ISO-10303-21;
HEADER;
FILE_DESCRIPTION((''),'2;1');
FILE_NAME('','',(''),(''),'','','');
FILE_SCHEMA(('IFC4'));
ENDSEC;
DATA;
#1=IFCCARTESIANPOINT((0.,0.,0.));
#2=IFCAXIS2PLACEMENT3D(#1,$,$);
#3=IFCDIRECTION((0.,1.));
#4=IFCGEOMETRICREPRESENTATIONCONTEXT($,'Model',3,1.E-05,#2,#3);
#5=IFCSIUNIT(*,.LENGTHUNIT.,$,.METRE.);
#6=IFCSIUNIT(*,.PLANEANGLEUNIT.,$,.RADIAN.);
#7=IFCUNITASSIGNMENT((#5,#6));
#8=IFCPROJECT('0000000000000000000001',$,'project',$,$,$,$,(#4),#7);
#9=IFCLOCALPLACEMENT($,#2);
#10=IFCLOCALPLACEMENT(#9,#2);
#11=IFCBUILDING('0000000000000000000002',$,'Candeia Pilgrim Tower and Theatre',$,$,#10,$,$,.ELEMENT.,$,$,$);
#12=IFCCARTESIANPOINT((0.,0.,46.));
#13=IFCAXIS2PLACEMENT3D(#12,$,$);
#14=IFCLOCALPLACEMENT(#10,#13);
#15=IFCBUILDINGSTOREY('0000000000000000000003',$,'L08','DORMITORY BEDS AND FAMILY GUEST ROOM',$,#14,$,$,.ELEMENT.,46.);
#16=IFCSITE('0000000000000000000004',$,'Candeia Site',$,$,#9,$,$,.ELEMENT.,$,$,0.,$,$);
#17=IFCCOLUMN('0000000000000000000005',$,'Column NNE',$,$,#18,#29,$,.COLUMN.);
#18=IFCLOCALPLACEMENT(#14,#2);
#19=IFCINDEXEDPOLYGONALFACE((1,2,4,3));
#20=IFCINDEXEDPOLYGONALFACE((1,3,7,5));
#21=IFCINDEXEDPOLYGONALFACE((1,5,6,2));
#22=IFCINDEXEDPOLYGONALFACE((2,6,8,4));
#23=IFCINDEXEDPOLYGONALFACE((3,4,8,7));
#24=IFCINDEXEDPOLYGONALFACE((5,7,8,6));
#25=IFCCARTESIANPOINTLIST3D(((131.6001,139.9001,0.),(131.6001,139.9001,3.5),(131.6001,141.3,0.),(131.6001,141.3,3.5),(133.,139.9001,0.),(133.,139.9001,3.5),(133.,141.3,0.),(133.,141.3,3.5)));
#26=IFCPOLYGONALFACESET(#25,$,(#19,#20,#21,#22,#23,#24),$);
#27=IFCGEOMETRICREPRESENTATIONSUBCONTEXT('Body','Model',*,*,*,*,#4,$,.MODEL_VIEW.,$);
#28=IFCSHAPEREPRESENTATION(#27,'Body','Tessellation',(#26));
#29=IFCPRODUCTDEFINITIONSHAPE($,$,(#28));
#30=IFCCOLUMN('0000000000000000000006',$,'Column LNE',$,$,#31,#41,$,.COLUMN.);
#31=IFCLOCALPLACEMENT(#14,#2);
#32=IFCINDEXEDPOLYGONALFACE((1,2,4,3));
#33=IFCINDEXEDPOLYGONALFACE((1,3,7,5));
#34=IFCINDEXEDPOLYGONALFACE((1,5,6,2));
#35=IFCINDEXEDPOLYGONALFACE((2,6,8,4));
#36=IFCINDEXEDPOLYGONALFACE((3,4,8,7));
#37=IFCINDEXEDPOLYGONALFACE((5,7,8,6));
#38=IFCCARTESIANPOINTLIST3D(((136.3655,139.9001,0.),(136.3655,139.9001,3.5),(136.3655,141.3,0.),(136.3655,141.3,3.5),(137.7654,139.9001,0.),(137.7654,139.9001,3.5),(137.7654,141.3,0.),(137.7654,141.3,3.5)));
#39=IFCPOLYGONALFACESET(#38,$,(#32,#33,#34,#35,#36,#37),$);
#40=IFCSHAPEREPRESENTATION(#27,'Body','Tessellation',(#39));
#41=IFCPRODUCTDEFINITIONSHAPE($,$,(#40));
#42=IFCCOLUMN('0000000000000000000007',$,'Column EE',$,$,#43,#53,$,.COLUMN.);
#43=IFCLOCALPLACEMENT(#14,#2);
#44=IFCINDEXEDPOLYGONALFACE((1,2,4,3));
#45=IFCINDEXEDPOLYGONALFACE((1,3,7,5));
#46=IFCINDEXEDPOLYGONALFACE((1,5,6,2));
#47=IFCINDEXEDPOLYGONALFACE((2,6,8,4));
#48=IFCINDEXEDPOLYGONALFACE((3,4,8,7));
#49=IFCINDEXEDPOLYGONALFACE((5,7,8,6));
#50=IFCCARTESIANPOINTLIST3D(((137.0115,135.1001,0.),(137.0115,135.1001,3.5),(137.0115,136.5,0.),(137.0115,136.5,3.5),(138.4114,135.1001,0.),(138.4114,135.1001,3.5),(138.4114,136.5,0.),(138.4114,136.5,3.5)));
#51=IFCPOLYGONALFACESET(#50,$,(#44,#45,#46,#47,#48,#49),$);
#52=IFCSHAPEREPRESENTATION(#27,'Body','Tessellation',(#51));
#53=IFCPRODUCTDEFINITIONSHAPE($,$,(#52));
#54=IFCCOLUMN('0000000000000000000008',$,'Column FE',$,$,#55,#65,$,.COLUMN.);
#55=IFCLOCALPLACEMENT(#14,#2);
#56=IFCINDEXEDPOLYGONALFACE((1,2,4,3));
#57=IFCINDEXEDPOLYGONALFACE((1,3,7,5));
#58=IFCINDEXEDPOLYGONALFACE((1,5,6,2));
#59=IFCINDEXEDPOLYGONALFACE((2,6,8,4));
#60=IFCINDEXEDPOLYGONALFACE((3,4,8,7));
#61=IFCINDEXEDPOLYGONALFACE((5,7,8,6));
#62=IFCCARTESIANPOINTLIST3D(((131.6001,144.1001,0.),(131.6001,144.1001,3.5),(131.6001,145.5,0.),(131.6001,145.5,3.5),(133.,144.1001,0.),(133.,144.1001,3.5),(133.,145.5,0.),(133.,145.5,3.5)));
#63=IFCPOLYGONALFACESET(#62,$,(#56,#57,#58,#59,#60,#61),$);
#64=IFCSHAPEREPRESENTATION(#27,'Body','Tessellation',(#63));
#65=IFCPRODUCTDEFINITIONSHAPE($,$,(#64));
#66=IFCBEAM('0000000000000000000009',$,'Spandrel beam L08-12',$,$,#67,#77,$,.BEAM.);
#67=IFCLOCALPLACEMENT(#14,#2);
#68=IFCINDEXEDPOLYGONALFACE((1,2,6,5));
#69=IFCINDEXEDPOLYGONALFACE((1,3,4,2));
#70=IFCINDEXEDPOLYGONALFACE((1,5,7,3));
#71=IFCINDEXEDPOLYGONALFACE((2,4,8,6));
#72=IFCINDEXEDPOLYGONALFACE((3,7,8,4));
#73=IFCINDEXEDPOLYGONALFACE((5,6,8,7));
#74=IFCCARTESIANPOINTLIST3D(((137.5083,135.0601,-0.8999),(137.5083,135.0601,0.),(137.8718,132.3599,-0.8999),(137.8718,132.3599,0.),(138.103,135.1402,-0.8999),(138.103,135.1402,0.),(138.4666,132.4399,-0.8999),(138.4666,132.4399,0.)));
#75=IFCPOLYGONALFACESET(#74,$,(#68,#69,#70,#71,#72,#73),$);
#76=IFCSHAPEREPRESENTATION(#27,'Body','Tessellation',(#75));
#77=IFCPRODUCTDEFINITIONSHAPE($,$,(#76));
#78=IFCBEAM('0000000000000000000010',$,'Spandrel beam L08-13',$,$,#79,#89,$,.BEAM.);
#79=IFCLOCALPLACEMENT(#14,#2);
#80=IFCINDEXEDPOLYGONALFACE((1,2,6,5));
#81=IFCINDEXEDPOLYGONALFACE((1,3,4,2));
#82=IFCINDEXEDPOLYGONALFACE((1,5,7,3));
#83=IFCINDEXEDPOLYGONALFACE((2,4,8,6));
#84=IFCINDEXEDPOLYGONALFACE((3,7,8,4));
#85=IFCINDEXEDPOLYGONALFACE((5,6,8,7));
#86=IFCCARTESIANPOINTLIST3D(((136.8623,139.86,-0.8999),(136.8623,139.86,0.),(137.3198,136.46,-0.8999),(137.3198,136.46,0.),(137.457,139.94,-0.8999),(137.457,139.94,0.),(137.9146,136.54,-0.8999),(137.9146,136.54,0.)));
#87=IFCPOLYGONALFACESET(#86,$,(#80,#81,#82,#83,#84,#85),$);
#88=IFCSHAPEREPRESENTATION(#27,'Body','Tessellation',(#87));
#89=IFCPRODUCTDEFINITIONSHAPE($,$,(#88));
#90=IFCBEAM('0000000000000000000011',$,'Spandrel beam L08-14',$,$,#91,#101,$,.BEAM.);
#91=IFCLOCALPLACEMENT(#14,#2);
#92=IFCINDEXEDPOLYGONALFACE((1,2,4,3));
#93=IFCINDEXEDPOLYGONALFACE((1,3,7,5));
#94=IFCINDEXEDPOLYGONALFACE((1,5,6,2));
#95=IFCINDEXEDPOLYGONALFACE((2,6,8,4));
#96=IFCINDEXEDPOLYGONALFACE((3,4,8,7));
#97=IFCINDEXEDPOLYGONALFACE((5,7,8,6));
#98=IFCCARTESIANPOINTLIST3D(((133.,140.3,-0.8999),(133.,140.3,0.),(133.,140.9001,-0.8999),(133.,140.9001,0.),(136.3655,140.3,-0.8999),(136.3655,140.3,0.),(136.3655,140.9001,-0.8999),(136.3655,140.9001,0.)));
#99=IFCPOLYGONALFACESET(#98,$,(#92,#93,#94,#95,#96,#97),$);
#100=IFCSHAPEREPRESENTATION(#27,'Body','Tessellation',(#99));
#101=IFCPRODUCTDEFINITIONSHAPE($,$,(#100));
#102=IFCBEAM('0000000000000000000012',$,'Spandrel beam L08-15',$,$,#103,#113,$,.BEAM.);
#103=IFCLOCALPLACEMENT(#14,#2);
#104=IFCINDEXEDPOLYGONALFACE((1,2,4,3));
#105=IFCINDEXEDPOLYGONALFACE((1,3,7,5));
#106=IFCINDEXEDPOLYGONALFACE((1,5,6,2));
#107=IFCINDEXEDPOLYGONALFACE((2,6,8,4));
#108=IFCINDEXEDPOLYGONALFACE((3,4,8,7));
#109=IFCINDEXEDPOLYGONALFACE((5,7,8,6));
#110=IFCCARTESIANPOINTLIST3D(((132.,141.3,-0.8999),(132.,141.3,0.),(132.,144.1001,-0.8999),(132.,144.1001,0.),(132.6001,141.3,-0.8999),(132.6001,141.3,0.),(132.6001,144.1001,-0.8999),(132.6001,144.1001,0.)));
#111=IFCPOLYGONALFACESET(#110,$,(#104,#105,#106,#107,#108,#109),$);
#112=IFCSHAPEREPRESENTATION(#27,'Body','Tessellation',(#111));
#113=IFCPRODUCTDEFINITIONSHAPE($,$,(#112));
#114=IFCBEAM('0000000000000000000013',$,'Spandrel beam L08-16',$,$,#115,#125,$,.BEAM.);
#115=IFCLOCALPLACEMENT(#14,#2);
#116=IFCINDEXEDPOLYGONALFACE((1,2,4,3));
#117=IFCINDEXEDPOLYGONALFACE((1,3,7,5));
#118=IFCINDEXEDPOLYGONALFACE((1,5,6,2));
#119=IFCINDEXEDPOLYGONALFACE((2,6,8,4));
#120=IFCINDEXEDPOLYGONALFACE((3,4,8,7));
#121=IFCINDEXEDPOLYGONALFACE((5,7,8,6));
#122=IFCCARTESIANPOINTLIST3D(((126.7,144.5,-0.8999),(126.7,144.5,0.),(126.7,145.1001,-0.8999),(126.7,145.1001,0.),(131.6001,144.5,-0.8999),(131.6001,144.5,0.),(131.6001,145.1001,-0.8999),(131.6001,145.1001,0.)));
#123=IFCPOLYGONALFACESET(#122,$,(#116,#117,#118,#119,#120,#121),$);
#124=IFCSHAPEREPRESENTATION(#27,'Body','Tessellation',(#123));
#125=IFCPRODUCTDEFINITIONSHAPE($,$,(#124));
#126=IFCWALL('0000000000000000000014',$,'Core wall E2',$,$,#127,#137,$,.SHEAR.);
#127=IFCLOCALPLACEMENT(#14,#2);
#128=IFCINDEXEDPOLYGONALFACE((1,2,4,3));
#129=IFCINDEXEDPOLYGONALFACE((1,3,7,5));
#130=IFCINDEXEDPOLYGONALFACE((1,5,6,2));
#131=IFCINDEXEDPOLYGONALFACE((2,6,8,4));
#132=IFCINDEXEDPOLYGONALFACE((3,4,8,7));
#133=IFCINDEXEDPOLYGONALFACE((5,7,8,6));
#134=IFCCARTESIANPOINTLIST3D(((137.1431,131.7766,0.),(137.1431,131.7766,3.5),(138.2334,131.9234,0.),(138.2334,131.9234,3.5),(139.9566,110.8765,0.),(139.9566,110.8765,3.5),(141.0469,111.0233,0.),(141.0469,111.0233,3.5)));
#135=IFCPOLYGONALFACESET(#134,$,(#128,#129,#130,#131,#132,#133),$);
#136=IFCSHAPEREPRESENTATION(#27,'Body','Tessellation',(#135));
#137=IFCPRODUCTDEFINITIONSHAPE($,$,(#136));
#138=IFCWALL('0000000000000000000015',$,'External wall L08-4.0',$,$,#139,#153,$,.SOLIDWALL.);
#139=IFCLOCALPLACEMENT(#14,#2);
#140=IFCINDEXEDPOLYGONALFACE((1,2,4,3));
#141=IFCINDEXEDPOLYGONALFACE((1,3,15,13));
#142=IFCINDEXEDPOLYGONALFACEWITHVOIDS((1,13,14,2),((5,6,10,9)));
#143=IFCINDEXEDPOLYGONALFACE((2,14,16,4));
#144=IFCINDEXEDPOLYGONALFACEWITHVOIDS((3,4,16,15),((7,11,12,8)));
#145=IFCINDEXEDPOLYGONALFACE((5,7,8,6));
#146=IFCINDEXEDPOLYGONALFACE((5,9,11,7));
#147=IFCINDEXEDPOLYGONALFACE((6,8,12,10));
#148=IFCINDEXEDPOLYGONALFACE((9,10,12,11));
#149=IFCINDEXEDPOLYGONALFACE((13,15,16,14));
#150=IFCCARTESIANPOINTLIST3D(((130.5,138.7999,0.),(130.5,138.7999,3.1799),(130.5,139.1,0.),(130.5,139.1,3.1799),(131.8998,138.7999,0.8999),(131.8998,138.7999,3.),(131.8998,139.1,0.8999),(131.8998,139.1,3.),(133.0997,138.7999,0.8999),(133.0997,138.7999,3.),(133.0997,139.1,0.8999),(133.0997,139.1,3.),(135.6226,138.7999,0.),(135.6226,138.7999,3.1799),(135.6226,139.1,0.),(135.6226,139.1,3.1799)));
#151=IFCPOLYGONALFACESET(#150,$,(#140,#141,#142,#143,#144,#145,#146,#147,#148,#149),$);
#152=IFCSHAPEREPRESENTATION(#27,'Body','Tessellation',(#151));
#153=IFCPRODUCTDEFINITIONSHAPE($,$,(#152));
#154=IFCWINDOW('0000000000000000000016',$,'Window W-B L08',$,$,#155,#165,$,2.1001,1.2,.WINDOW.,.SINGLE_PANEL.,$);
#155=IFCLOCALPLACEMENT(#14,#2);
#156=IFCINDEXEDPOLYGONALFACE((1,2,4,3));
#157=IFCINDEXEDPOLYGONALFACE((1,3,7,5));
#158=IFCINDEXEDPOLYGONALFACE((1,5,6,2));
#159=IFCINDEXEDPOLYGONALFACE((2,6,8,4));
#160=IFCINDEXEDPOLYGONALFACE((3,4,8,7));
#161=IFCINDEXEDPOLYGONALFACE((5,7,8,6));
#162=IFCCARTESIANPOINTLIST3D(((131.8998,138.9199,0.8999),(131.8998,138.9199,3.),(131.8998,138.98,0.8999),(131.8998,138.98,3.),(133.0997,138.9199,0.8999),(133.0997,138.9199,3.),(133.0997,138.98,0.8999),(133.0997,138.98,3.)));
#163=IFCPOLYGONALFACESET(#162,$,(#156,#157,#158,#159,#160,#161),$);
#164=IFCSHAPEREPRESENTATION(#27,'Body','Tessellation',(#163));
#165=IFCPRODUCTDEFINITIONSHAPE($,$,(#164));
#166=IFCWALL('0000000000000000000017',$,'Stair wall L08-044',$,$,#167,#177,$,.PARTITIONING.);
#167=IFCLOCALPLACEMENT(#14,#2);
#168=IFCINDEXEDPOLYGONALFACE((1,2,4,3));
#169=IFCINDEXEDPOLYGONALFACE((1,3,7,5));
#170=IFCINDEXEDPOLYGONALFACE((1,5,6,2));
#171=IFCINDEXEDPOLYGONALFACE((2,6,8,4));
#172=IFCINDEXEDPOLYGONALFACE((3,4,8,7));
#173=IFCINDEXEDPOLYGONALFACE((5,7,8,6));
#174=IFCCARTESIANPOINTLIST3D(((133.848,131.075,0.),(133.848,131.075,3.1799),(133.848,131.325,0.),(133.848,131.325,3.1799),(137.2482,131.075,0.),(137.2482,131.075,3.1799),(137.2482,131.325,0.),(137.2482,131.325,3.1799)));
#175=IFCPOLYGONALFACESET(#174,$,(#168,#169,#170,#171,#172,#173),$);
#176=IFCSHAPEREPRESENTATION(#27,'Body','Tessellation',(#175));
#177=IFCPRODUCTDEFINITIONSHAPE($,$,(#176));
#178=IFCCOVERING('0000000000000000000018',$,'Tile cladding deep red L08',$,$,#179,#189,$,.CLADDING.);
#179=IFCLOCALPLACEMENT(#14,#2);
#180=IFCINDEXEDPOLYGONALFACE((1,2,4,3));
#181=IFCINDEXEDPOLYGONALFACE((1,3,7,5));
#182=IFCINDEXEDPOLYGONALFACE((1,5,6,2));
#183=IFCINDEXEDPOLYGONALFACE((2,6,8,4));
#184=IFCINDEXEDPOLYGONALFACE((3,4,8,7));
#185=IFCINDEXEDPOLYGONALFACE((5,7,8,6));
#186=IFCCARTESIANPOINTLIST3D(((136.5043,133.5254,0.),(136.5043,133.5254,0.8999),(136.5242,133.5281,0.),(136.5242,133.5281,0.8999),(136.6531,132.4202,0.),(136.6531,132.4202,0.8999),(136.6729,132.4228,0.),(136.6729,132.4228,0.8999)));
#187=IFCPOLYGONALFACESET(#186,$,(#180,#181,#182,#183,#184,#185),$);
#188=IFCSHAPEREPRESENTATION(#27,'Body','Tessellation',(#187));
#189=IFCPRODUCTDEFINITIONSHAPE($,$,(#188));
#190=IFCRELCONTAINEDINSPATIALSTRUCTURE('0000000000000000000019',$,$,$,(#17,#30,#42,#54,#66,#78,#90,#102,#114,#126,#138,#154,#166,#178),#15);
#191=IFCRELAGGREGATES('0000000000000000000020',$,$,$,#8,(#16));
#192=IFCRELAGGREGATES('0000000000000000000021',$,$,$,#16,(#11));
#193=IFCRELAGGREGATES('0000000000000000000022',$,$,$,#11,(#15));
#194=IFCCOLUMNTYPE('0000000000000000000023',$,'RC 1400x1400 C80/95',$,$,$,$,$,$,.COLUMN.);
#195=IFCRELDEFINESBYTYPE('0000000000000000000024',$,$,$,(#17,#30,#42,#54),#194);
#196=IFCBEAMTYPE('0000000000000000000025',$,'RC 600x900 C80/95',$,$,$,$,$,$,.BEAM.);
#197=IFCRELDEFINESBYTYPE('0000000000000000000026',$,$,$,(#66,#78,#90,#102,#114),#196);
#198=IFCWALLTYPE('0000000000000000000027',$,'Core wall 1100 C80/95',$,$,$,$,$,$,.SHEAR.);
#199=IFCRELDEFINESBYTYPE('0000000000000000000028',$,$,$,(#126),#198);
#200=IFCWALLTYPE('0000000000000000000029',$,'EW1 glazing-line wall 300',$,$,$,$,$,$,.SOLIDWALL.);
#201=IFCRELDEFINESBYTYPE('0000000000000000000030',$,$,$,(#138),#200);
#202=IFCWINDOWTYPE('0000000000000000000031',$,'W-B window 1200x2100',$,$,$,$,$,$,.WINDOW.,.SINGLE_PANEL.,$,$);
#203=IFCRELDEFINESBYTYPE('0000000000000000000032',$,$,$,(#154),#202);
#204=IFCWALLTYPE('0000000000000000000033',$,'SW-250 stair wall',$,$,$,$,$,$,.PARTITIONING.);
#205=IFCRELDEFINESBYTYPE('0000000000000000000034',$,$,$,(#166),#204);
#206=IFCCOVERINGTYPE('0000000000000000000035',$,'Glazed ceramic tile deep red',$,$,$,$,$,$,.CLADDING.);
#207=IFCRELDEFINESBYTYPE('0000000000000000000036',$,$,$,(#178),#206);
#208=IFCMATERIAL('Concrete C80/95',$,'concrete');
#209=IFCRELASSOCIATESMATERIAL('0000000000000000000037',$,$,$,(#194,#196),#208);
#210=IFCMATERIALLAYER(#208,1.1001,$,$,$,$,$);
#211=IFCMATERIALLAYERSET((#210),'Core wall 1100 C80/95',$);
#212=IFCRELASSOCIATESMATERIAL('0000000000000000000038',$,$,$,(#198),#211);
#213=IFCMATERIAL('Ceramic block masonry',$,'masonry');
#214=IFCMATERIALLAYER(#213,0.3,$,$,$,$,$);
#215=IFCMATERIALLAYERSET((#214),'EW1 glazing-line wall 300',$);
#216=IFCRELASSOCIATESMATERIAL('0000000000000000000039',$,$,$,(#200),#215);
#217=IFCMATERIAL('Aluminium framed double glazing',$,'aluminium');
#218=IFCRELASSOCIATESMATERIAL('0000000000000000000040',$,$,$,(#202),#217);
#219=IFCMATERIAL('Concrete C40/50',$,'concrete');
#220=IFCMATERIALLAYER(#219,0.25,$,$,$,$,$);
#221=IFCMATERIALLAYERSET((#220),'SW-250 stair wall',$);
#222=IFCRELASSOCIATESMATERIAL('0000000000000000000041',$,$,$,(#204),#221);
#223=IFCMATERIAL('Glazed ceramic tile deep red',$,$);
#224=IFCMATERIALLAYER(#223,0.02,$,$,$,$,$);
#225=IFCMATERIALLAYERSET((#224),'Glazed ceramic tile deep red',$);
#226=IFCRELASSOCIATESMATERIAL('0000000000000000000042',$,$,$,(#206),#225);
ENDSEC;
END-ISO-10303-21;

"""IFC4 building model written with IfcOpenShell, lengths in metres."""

from ifc_helpers import new_model, si_unit, direction, frame, frame_2d, origin, origin_2d, place, context, subcontext, project, spatial, rectangle, extrude, material, layer, layer_set, material_profile, profile_set, type_object, element, fill, save


model = new_model("IFC4")

# Units and contexts
model_context = context("Model", 3, precision=1e-05, world=origin(), true_north=direction((0.0, 1.0)))
body_context = subcontext(model_context, "Body", "Model", "MODEL_VIEW")
ifc_project = project(units=[si_unit("LENGTHUNIT", "METRE"), si_unit("PLANEANGLEUNIT", "RADIAN")], contexts=[model_context])

# Site, building, storey
site_placement = place(None, origin())
site = spatial("IfcSite", under=ifc_project, at=site_placement, Name="Candeia Site", CompositionType="ELEMENT", RefElevation=0.0)
building_placement = place(site_placement, origin())
building = spatial("IfcBuilding", under=site, at=building_placement, Name="Candeia Pilgrim Tower and Theatre", CompositionType="ELEMENT")
storey_placement = place(building_placement, frame((0.0, 0.0, 46.0)))
storey = spatial("IfcBuildingStorey", under=building, at=storey_placement, Name="L08", Description="DORMITORY BEDS AND FAMILY GUEST ROOM", CompositionType="ELEMENT", Elevation=46.0)

# Columns
ifc_material_1 = material(Name="Concrete C80/95", Category="concrete")
ifc_material_profile_1 = material_profile(ifc_material_1, rectangle(XDim=1.3999, YDim=1.3999, at=origin_2d()))
ifc_profile_set_1 = profile_set([ifc_material_profile_1], Name="Concrete C80/95")
column_type = type_object("IfcColumnType", Name="RC 1400x1400 C80/95", PredefinedType="COLUMN", material=ifc_profile_set_1)
for number, where, z_axis, x_axis, name in (
    (1, (132.3, 140.6001, 0.0), (0.0, 0.0, 1.0), (1.0, 0.0, 0.0), "Column NNE"),
    (2, (137.0654, 140.6001, 0.0), (0.0, 0.0, 1.0), (1.0, 0.0, 0.0), "Column LNE"),
    (3, (137.7114, 135.8, 0.0), (0.0, 0.0, 1.0), (1.0, 0.0, 0.0), "Column EE"),
    (4, (132.3, 144.8, 0.0), (0.0, 0.0, 1.0), (1.0, 0.0, 0.0), "Column FE"),
):
    element("IfcColumn", number, at=place(storey_placement, frame(where, z_axis=z_axis, x_axis=x_axis)), inside=storey, type_object=column_type, Name=name, PredefinedType="COLUMN", context=body_context, shape_type="SweptSolid", body=[
        extrude(rectangle(XDim=1.3999, YDim=1.3999, at=origin_2d()), origin(), (0.0, 0.0, 1.0), 3.5),
    ])

# Beams
ifc_material_profile_2 = material_profile(ifc_material_1, rectangle(XDim=0.6001, YDim=0.8999, at=origin_2d()))
ifc_profile_set_2 = profile_set([ifc_material_profile_2], Name="Concrete C80/95")
beam_type = type_object("IfcBeamType", Name="RC 600x900 C80/95", PredefinedType="BEAM", material=ifc_profile_set_2)
beam_1_placement = place(storey_placement, frame((138.1692, 132.3999, -0.45), z_axis=(-0.133426, 0.991059, 0.0), x_axis=(-0.991059, -0.133426, 0.0)))
element("IfcBeam", 5, at=beam_1_placement, inside=storey, type_object=beam_type, Name="Spandrel beam L08-12", PredefinedType="BEAM", context=body_context, shape_type="SweptSolid", body=[
    extrude(rectangle(XDim=0.6001, YDim=0.8999, at=origin_2d()), origin(), (0.0, 0.0, 1.0), 2.7246),
])
beam_2_placement = place(storey_placement, frame((137.6172, 136.5, -0.45), z_axis=(-0.133366, 0.991067, 0.0), x_axis=(-0.991067, -0.133366, 0.0)))
element("IfcBeam", 6, at=beam_2_placement, inside=storey, type_object=beam_type, Name="Spandrel beam L08-13", PredefinedType="BEAM", context=body_context, shape_type="SweptSolid", body=[
    extrude(rectangle(XDim=0.6001, YDim=0.8999, at=origin_2d()), origin(), (0.0, 0.0, 1.0), 3.4307),
])
beam_3_placement = place(storey_placement, frame((136.3655, 140.6001, -0.45), z_axis=(-1.0, 0.0, 0.0), x_axis=(0.0, -1.0, 0.0)))
element("IfcBeam", 7, at=beam_3_placement, inside=storey, type_object=beam_type, Name="Spandrel beam L08-14", PredefinedType="BEAM", context=body_context, shape_type="SweptSolid", body=[
    extrude(rectangle(XDim=0.6001, YDim=0.8999, at=origin_2d()), origin(), (0.0, 0.0, 1.0), 3.3655),
])
beam_4_placement = place(storey_placement, frame((132.3, 141.3, -0.45), z_axis=(0.0, 1.0, 0.0), x_axis=(-1.0, 0.0, 0.0)))
element("IfcBeam", 8, at=beam_4_placement, inside=storey, type_object=beam_type, Name="Spandrel beam L08-15", PredefinedType="BEAM", context=body_context, shape_type="SweptSolid", body=[
    extrude(rectangle(XDim=0.6001, YDim=0.8999, at=origin_2d()), origin(), (0.0, 0.0, 1.0), 2.8),
])
beam_5_placement = place(storey_placement, frame((131.6001, 144.8, -0.45), z_axis=(-1.0, 0.0, 0.0), x_axis=(0.0, -1.0, 0.0)))
element("IfcBeam", 9, at=beam_5_placement, inside=storey, type_object=beam_type, Name="Spandrel beam L08-16", PredefinedType="BEAM", context=body_context, shape_type="SweptSolid", body=[
    extrude(rectangle(XDim=0.6001, YDim=0.8999, at=origin_2d()), origin(), (0.0, 0.0, 1.0), 4.9001),
])

# Wall
ifc_layer_1 = layer(ifc_material_1, 1.1001)
ifc_layer_set_1 = layer_set([ifc_layer_1], Name="Core wall 1100 C80/95")
wall_type_1 = type_object("IfcWallType", Name="Core wall 1100 C80/95", PredefinedType="SHEAR", material=ifc_layer_set_1)
wall_1_placement = place(storey_placement, frame((137.6882, 131.8501, 0.0), z_axis=(0.0, 0.0, 1.0), x_axis=(0.133412, -0.991061, 0.0)))
element("IfcWall", 10, at=wall_1_placement, inside=storey, type_object=wall_type_1, Name="Core wall E2", PredefinedType="SHEAR", context=body_context, shape_type="SweptSolid", body=[
    extrude(rectangle(XDim=21.0886, YDim=1.1001, at=frame_2d((10.5444, 0.0))), origin(), (0.0, 0.0, 1.0), 3.5),
])

# Shared definitions
ifc_material_2 = material(Name="Ceramic block masonry", Category="masonry")
ifc_layer_2 = layer(ifc_material_2, 0.3)
ifc_layer_set_2 = layer_set([ifc_layer_2], Name="EW1 glazing-line wall 300")
wall_type_2 = type_object("IfcWallType", Name="EW1 glazing-line wall 300", PredefinedType="SOLIDWALL", material=ifc_layer_set_2)
ifc_material_3 = material(Name="Aluminium framed double glazing", Category="aluminium")

# Wall, opening, window
wall_2_placement = place(storey_placement, frame((135.6226, 138.95, 0.0), z_axis=(0.0, 0.0, 1.0), x_axis=(-1.0, 0.0, 0.0)))
wall_2 = element("IfcWall", 11, at=wall_2_placement, inside=storey, type_object=wall_type_2, Name="External wall L08-4.0", PredefinedType="SOLIDWALL", context=body_context, shape_type="SweptSolid", body=[
    extrude(rectangle(XDim=5.1226, YDim=0.3, at=frame_2d((2.5613, 0.0))), origin(), (0.0, 0.0, 1.0), 3.1799),
])
opening_1_placement = place(wall_2_placement, frame((2.5227, 0.0, 0.8999)))
opening_1 = element("IfcOpeningElement", 12, at=opening_1_placement, cuts=wall_2, PredefinedType="OPENING", context=body_context, shape_type="SweptSolid", body=[
    extrude(rectangle(XDim=1.2, YDim=2.1001, at=frame_2d((0.6001, 1.05))), frame((0.0, 0.1602, 0.0), z_axis=(0.0, -1.0, 0.0), x_axis=(1.0, 0.0, 0.0)), (0.0, 0.0, 1.0), 0.3201),
])
window_type_1 = type_object("IfcWindowType", Name="W-B window 1200x2100", PartitioningType="SINGLE_PANEL", PredefinedType="WINDOW", material=ifc_material_3)
window_1_placement = place(opening_1_placement, origin())
window_1 = element("IfcWindow", 13, at=window_1_placement, inside=storey, type_object=window_type_1, Name="Window W-B L08", OverallHeight=2.1001, OverallWidth=1.2, PartitioningType="SINGLE_PANEL", PredefinedType="WINDOW", context=body_context, shape_type="SweptSolid", body=[
    extrude(rectangle(XDim=1.2, YDim=2.1001, at=frame_2d((0.6001, 1.05))), frame((0.0, 0.03, 0.0), z_axis=(0.0, -1.0, 0.0), x_axis=(1.0, 0.0, 0.0)), (0.0, 0.0, 1.0), 0.0601),
])
fill(opening_1, window_1)

# Wall
ifc_material_4 = material(Name="Concrete C40/50", Category="concrete")
ifc_layer_3 = layer(ifc_material_4, 0.25)
ifc_layer_set_3 = layer_set([ifc_layer_3], Name="SW-250 stair wall")
wall_type_3 = type_object("IfcWallType", Name="SW-250 stair wall", PredefinedType="PARTITIONING", material=ifc_layer_set_3)
wall_3_placement = place(storey_placement, frame((133.8479, 131.2, 0.0), z_axis=(0.0, 0.0, 1.0), x_axis=(1.0, 0.0, 0.0)))
element("IfcWall", 14, at=wall_3_placement, inside=storey, type_object=wall_type_3, Name="Stair wall L08-044", PredefinedType="PARTITIONING", context=body_context, shape_type="SweptSolid", body=[
    extrude(rectangle(XDim=3.4001, YDim=0.25, at=frame_2d((1.7002, 0.0))), origin(), (0.0, 0.0, 1.0), 3.1799),
])

# Covering
ifc_material_5 = material(Name="Glazed ceramic tile deep red")
ifc_layer_4 = layer(ifc_material_5, 0.02)
ifc_layer_set_4 = layer_set([ifc_layer_4], Name="Glazed ceramic tile deep red")
covering_type = type_object("IfcCoveringType", Name="Glazed ceramic tile deep red", PredefinedType="CLADDING", material=ifc_layer_set_4)
covering_1_placement = place(storey_placement, frame((136.5886, 132.9741, 0.0), z_axis=(0.0, 0.0, 1.0), x_axis=(-0.133412, 0.991061, 0.0)))
element("IfcCovering", 15, at=covering_1_placement, inside=storey, type_object=covering_type, Name="Tile cladding deep red L08", PredefinedType="CLADDING", context=body_context, shape_type="SweptSolid", body=[
    extrude(rectangle(XDim=1.1152, YDim=0.02, at=origin_2d()), origin(), (0.0, 0.0, 1.0), 0.8999),
])

save(model, "model.ifc")
